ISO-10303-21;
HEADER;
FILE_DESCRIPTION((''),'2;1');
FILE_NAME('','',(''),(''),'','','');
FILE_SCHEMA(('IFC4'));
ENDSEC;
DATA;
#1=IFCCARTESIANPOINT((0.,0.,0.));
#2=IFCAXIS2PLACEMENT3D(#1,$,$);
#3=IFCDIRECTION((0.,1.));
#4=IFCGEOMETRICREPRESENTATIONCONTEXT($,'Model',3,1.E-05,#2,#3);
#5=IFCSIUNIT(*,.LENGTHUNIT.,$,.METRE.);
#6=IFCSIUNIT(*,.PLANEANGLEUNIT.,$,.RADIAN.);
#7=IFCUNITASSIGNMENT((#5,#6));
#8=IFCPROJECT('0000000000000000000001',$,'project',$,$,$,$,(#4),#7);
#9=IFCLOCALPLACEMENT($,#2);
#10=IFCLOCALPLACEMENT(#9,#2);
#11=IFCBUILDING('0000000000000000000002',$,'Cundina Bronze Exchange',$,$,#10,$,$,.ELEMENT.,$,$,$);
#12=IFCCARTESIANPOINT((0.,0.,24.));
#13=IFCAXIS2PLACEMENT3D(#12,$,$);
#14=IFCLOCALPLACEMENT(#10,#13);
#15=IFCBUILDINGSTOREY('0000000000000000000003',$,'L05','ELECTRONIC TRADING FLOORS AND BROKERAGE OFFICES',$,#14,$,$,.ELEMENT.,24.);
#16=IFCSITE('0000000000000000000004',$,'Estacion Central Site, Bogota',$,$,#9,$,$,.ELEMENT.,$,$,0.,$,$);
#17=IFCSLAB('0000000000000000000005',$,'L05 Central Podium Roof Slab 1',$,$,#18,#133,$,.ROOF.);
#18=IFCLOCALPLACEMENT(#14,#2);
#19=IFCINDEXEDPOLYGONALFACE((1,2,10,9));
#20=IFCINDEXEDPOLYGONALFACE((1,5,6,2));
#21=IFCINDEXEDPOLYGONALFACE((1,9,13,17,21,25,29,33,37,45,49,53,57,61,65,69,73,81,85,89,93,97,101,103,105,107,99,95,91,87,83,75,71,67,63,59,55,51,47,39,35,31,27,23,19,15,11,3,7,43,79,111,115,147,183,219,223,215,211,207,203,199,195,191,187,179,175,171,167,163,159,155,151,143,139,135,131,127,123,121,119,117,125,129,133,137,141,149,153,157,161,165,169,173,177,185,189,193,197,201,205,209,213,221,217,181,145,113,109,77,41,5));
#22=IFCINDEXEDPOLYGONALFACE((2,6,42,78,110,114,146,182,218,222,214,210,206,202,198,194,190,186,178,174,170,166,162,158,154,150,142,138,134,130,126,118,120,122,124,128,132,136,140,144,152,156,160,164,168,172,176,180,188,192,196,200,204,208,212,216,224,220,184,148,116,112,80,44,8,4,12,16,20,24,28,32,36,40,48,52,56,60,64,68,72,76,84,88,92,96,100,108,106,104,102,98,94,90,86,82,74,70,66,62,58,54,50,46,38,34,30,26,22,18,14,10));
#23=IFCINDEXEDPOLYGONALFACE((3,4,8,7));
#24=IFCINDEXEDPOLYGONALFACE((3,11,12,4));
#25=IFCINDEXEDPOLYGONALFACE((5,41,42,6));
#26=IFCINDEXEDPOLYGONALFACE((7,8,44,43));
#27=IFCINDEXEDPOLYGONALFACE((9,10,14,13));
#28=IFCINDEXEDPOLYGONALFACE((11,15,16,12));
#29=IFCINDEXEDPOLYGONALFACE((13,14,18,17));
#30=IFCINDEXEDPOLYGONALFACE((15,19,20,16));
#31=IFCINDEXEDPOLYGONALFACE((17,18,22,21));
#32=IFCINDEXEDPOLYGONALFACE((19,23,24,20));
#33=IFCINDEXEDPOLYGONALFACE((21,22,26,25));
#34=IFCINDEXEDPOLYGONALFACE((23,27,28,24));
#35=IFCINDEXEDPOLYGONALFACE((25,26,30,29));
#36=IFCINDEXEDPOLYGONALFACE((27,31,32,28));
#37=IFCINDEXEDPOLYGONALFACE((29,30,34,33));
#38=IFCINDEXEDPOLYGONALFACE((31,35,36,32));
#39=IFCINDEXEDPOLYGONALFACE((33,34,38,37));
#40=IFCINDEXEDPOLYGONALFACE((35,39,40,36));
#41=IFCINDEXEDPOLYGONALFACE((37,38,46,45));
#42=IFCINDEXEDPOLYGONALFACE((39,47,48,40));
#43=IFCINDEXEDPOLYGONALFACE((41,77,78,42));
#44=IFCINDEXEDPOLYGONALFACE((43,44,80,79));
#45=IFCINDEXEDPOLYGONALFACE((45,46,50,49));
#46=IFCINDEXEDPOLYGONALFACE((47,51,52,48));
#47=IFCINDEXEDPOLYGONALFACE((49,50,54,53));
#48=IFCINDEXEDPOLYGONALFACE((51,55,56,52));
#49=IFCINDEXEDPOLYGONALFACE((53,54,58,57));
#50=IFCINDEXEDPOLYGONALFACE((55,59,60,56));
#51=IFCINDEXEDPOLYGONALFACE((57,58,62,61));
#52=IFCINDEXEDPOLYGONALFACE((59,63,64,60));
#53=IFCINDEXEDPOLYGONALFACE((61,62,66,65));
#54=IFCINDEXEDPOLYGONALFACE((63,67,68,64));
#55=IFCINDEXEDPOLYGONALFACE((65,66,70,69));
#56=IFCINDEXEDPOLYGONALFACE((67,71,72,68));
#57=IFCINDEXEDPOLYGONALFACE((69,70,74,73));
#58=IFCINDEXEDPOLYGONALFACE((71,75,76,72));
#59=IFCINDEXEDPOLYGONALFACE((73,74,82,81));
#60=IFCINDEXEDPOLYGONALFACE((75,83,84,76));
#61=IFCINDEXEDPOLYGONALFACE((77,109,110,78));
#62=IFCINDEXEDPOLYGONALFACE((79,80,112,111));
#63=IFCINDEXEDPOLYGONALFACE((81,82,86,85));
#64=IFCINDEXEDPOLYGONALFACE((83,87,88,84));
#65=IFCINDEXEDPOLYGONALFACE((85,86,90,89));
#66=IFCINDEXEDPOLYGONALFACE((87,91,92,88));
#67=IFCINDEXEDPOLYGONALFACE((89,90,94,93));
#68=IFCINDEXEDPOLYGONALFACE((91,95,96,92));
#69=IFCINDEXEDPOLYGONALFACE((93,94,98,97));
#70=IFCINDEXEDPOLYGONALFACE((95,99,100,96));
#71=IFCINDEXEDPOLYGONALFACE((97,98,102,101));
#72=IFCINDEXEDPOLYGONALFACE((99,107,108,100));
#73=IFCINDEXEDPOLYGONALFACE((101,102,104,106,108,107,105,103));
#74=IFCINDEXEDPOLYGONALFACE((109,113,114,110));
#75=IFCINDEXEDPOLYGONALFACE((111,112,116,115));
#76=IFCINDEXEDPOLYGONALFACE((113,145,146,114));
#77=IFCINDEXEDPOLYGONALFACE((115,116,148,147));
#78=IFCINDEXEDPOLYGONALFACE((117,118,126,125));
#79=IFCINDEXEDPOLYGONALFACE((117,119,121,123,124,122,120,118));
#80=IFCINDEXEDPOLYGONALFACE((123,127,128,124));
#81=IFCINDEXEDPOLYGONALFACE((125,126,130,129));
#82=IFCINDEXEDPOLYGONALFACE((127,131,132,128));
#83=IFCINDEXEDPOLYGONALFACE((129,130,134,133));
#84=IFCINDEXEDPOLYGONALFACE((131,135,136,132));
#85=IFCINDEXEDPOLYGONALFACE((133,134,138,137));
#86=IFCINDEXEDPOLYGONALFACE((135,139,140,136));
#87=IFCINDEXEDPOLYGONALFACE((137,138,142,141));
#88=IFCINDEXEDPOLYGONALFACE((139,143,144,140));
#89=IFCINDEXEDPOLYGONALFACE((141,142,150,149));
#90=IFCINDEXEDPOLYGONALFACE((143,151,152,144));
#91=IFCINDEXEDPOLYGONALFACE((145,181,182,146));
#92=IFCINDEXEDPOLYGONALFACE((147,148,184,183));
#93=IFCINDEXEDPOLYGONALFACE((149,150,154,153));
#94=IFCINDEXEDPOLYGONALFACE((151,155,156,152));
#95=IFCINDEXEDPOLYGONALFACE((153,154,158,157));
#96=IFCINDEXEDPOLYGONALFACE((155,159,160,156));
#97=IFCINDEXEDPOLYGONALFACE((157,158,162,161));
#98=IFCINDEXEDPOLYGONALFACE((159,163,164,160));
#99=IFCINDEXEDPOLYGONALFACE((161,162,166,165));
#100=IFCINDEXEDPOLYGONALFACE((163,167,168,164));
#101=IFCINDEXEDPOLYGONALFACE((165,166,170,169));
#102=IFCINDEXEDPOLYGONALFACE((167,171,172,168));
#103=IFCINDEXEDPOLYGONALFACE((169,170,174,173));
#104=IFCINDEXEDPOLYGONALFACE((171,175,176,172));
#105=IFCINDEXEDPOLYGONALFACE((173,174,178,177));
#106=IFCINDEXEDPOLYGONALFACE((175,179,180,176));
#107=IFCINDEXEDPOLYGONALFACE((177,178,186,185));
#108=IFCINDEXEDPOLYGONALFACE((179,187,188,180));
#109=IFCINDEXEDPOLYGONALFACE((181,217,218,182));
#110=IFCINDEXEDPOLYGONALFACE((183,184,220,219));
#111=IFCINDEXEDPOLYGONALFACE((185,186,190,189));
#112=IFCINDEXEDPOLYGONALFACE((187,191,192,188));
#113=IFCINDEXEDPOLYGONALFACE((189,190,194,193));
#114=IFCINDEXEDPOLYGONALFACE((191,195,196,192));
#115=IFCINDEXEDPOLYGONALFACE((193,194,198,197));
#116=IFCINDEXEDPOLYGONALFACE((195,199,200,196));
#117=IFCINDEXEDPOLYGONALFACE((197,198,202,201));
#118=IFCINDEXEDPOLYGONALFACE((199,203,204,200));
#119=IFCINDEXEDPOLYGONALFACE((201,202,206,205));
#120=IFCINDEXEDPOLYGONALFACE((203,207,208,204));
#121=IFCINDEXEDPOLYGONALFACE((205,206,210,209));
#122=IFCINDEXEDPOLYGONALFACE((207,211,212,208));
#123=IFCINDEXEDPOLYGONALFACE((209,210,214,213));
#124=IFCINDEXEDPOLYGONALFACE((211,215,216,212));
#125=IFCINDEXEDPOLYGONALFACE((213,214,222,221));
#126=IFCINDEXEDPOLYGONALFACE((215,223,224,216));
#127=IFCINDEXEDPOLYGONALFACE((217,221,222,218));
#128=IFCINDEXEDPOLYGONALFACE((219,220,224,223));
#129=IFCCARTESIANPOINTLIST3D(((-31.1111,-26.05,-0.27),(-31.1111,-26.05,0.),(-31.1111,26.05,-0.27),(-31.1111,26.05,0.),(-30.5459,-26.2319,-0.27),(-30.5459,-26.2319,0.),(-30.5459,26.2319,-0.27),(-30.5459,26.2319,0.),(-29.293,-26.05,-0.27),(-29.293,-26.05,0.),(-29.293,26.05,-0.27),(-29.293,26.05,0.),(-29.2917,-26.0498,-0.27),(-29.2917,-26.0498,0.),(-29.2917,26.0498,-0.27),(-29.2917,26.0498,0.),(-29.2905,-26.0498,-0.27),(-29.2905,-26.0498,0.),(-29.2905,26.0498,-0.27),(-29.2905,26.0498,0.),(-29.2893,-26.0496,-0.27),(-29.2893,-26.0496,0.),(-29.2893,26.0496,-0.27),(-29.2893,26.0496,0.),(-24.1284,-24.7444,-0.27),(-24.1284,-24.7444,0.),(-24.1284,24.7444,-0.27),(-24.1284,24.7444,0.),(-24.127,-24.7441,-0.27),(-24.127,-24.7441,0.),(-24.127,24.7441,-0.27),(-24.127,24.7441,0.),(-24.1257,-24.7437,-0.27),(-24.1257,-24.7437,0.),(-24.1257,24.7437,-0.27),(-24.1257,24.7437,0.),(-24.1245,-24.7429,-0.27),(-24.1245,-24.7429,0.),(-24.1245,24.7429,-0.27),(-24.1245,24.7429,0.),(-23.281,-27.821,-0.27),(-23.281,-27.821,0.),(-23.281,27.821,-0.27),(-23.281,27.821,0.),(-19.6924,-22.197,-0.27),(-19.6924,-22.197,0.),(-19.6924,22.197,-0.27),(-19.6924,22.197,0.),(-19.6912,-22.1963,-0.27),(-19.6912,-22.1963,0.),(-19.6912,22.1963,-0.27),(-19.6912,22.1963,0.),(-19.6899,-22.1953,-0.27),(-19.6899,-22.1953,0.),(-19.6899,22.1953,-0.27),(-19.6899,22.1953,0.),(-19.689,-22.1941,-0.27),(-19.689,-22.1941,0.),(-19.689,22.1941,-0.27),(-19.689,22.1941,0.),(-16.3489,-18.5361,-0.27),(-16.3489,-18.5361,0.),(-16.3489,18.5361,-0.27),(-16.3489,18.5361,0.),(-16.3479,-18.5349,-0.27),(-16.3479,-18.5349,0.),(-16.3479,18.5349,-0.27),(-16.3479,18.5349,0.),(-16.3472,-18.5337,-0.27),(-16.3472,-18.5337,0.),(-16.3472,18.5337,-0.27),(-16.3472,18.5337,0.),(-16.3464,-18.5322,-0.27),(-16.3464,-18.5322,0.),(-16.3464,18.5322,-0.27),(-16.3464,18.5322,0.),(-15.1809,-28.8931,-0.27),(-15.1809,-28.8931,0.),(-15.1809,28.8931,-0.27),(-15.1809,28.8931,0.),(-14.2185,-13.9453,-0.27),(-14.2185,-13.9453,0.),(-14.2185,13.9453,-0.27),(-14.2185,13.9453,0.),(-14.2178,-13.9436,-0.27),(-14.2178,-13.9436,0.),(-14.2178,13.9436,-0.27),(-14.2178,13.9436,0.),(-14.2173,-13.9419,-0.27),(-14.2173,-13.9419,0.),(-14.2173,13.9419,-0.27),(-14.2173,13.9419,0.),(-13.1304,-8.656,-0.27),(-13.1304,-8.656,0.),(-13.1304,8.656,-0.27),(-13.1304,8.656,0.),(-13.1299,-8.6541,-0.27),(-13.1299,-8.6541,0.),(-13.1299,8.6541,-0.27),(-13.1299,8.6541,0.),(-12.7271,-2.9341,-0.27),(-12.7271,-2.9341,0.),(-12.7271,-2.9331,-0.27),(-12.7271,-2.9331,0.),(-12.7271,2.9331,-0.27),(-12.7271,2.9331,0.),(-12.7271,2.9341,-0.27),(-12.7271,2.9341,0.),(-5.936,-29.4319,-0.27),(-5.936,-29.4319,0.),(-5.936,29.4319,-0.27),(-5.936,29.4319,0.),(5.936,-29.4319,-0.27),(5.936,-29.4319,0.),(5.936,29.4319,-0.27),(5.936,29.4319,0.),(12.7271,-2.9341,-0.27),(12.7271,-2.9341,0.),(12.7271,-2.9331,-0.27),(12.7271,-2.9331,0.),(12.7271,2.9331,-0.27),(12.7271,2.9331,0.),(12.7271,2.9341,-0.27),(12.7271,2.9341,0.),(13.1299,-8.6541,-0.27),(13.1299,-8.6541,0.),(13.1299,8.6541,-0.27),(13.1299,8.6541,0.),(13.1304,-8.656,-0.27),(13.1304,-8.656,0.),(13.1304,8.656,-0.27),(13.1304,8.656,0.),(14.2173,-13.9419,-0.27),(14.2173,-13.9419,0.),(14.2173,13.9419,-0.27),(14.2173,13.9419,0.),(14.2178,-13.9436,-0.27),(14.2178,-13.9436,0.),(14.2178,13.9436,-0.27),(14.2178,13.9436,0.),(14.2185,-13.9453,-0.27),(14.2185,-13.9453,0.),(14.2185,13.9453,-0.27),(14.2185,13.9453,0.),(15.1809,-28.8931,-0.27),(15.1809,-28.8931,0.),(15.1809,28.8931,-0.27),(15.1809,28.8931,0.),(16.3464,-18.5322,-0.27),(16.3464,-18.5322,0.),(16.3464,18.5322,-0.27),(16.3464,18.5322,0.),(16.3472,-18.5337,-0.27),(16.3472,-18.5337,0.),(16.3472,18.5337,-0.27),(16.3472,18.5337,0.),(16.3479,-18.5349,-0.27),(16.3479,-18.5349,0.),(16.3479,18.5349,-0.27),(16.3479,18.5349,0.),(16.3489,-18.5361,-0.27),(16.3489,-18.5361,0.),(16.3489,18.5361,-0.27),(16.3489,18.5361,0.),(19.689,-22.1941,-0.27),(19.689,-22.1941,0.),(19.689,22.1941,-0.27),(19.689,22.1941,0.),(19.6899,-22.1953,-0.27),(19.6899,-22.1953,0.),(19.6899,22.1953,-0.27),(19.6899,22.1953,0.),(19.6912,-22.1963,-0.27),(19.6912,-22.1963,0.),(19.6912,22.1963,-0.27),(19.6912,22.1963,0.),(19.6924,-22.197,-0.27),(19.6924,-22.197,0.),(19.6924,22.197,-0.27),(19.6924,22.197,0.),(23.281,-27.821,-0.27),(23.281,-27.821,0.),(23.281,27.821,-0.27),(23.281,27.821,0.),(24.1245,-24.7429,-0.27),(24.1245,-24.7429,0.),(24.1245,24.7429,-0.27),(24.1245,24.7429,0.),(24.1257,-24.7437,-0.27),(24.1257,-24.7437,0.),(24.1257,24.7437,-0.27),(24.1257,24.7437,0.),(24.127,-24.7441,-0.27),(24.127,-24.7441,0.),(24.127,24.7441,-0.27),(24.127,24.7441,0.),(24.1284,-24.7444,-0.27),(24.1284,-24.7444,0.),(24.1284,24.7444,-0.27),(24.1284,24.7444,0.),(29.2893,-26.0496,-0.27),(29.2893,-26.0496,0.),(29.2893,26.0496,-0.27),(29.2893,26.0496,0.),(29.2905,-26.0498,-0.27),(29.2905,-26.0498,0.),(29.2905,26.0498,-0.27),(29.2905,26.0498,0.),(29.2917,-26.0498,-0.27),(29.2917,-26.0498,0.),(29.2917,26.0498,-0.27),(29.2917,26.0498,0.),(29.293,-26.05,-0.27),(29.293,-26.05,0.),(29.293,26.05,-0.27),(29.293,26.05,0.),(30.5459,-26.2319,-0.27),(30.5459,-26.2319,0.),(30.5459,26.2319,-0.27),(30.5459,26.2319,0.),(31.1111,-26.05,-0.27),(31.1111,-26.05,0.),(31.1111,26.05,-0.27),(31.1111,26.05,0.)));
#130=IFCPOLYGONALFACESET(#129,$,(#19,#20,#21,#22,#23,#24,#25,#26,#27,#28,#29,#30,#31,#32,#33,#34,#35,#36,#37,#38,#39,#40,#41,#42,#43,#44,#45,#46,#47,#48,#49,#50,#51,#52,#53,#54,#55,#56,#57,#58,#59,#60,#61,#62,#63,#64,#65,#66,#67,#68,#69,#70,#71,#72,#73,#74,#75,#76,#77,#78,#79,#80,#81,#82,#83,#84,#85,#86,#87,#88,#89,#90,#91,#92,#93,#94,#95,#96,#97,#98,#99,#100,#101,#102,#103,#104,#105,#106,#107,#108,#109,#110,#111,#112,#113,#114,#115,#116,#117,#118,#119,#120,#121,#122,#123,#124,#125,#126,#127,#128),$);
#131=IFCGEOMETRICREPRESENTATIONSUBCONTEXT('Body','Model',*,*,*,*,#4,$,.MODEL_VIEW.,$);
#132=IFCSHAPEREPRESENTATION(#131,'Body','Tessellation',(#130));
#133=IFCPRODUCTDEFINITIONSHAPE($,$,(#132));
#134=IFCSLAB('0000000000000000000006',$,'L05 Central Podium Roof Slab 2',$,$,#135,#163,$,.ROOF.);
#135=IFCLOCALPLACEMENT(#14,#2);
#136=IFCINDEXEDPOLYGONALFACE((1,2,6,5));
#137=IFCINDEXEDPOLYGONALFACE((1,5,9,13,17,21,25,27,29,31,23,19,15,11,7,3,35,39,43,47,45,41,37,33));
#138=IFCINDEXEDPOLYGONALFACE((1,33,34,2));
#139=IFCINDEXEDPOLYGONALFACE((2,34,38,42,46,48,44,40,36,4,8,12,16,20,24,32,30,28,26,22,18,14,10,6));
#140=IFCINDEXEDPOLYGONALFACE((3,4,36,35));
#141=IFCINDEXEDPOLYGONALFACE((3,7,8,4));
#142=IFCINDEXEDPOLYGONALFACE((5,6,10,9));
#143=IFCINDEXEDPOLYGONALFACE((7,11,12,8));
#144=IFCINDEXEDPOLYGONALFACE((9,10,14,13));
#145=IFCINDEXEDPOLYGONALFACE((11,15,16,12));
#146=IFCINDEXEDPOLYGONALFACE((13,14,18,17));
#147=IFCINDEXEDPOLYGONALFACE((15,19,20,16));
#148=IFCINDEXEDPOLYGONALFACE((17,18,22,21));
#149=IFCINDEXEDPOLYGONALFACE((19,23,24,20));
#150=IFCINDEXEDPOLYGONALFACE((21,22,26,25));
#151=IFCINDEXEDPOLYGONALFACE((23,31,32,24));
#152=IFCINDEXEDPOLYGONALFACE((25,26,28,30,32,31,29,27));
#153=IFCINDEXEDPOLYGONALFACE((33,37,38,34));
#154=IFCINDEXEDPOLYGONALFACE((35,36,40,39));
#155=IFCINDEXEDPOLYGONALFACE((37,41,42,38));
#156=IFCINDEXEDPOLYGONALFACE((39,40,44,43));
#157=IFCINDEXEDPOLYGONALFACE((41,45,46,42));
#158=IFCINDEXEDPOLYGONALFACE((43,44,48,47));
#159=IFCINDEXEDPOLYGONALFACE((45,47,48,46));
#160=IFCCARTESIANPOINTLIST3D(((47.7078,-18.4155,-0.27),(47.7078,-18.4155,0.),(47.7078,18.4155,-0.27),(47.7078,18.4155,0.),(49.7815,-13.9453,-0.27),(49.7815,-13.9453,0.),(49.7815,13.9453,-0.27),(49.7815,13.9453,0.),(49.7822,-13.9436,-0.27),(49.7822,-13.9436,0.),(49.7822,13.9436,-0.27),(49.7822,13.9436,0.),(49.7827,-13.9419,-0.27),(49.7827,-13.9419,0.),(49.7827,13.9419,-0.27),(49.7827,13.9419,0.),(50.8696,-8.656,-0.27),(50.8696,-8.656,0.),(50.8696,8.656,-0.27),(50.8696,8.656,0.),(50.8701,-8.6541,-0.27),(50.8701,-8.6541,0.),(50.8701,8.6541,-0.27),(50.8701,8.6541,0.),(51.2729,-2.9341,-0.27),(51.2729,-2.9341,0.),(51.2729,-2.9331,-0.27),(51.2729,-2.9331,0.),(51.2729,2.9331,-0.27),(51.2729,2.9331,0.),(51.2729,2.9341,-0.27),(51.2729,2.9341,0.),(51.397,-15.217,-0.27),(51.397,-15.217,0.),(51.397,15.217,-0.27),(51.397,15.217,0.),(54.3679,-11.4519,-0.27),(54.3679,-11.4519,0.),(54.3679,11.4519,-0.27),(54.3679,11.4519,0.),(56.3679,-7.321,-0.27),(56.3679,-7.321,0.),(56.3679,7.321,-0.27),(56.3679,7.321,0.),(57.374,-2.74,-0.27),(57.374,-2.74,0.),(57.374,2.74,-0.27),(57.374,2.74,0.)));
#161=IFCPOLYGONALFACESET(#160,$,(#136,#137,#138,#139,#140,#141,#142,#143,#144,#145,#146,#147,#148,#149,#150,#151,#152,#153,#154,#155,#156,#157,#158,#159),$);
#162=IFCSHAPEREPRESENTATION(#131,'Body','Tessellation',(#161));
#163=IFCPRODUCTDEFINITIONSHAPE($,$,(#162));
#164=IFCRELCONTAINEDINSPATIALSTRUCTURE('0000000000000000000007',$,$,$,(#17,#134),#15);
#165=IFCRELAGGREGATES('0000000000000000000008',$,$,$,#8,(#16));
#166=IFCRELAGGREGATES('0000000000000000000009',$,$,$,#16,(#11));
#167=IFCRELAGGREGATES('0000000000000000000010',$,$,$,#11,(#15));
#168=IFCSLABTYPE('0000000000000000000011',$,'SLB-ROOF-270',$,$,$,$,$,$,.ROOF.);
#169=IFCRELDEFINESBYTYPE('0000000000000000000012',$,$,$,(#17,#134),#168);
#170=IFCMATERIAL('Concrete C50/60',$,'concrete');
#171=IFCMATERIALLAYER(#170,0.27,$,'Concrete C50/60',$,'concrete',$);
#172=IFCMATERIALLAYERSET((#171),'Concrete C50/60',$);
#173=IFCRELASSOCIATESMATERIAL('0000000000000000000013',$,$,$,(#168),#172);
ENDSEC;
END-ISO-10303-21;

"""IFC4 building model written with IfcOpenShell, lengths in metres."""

from ifc_helpers import new_model, si_unit, direction, frame, origin, place, context, subcontext, project, spatial, polyline, outline, extrude, material, layer, layer_set, type_object, element, save


model = new_model("IFC4")

# Units and contexts
model_context = context("Model", 3, precision=1e-05, world=origin(), true_north=direction((0.0, 1.0)))
body_context = subcontext(model_context, "Body", "Model", "MODEL_VIEW")
ifc_project = project(units=[si_unit("LENGTHUNIT", "METRE"), si_unit("PLANEANGLEUNIT", "RADIAN")], contexts=[model_context])

# Site, building, storey
site_placement = place(None, origin())
site = spatial("IfcSite", under=ifc_project, at=site_placement, Name="Estacion Central Site, Bogota", CompositionType="ELEMENT", RefElevation=0.0)
building_placement = place(site_placement, origin())
building = spatial("IfcBuilding", under=site, at=building_placement, Name="Cundina Bronze Exchange", CompositionType="ELEMENT")
storey_placement = place(building_placement, frame((0.0, 0.0, 24.0)))
storey = spatial("IfcBuildingStorey", under=building, at=storey_placement, Name="L05", Description="ELECTRONIC TRADING FLOORS AND BROKERAGE OFFICES", CompositionType="ELEMENT", Elevation=24.0)

# Slabs
ifc_material_1 = material(Name="Concrete C50/60", Category="concrete")
ifc_layer_1 = layer(ifc_material_1, 0.27, Name="Concrete C50/60", Category="concrete")
ifc_layer_set_1 = layer_set([ifc_layer_1], Name="Concrete C50/60")
slab_type_1 = type_object("IfcSlabType", Name="SLB-ROOF-270", PredefinedType="ROOF", material=ifc_layer_set_1)
slab_1_placement = place(storey_placement, frame((0.0, 0.0, -0.27)))
element("IfcSlab", 1, at=slab_1_placement, inside=storey, type_object=slab_type_1, Name="L05 Central Podium Roof Slab 1", PredefinedType="ROOF", context=body_context, shape_type="SweptSolid", body=[
    extrude(outline(polyline([(-30.5459, 26.2319), (-23.281, 27.821), (-15.1809, 28.8931), (-5.936, 29.4319), (5.936, 29.4319), (15.1809, 28.8931), (23.281, 27.821), (30.5459, 26.2319), (31.1111, 26.05), (29.293, 26.05), (29.2917, 26.0498), (29.2905, 26.0498), (29.2893, 26.0496), (24.1284, 24.7444), (24.127, 24.7441), (24.1257, 24.7437), (24.1245, 24.7429), (19.6924, 22.197), (19.6912, 22.1963), (19.6899, 22.1953), (19.689, 22.1941), (16.3489, 18.5361), (16.3479, 18.5349), (16.3472, 18.5337), (16.3464, 18.5322), (14.2185, 13.9453), (14.2178, 13.9436), (14.2173, 13.9419), (13.1304, 8.656), (13.1299, 8.6541), (12.7271, 2.9341), (12.7271, 2.9331), (12.7271, -2.9331), (12.7271, -2.9341), (13.1299, -8.6541), (13.1304, -8.656), (14.2173, -13.9419), (14.2178, -13.9436), (14.2185, -13.9453), (16.3464, -18.5322), (16.3472, -18.5337), (16.3479, -18.5349), (16.3489, -18.5361), (19.689, -22.1941), (19.6899, -22.1953), (19.6912, -22.1963), (19.6924, -22.197), (24.1245, -24.7429), (24.1257, -24.7437), (24.127, -24.7441), (24.1284, -24.7444), (29.2893, -26.0496), (29.2905, -26.0498), (29.2917, -26.0498), (29.293, -26.05), (31.1111, -26.05), (30.5459, -26.2319), (23.281, -27.821), (15.1809, -28.8931), (5.936, -29.4319), (-5.936, -29.4319), (-15.1809, -28.8931), (-23.281, -27.821), (-30.5459, -26.2319), (-31.1111, -26.05), (-29.293, -26.05), (-29.2917, -26.0498), (-29.2905, -26.0498), (-29.2893, -26.0496), (-24.1284, -24.7444), (-24.127, -24.7441), (-24.1257, -24.7437), (-24.1245, -24.7429), (-19.6924, -22.197), (-19.6912, -22.1963), (-19.6899, -22.1953), (-19.689, -22.1941), (-16.3489, -18.5361), (-16.3479, -18.5349), (-16.3472, -18.5337), (-16.3464, -18.5322), (-14.2185, -13.9453), (-14.2178, -13.9436), (-14.2173, -13.9419), (-13.1304, -8.656), (-13.1299, -8.6541), (-12.7271, -2.9341), (-12.7271, -2.9331), (-12.7271, 2.9331), (-12.7271, 2.9341), (-13.1299, 8.6541), (-13.1304, 8.656), (-14.2173, 13.9419), (-14.2178, 13.9436), (-14.2185, 13.9453), (-16.3464, 18.5322), (-16.3472, 18.5337), (-16.3479, 18.5349), (-16.3489, 18.5361), (-19.689, 22.1941), (-19.6899, 22.1953), (-19.6912, 22.1963), (-19.6924, 22.197), (-24.1245, 24.7429), (-24.1257, 24.7437), (-24.127, 24.7441), (-24.1284, 24.7444), (-29.2893, 26.0496), (-29.2905, 26.0498), (-29.2917, 26.0498), (-29.293, 26.05), (-31.1111, 26.05), (-30.5459, 26.2319)])), origin(), (0.0, 0.0, 1.0), 0.27),
])
slab_2_placement = place(storey_placement, frame((0.0, 0.0, -0.27)))
element("IfcSlab", 2, at=slab_2_placement, inside=storey, type_object=slab_type_1, Name="L05 Central Podium Roof Slab 2", PredefinedType="ROOF", context=body_context, shape_type="SweptSolid", body=[
    extrude(outline(polyline([(51.397, 15.217), (54.3679, 11.4519), (56.3679, 7.321), (57.374, 2.74), (57.374, -2.74), (56.3679, -7.321), (54.3679, -11.4519), (51.397, -15.217), (47.7078, -18.4155), (49.7815, -13.9453), (49.7822, -13.9436), (49.7827, -13.9419), (50.8696, -8.656), (50.8701, -8.6541), (51.2729, -2.9341), (51.2729, -2.9331), (51.2729, 2.9331), (51.2729, 2.9341), (50.8701, 8.6541), (50.8696, 8.656), (49.7827, 13.9419), (49.7822, 13.9436), (49.7815, 13.9453), (47.7078, 18.4155), (51.397, 15.217)])), origin(), (0.0, 0.0, 1.0), 0.27),
])

save(model, "model.ifc")
